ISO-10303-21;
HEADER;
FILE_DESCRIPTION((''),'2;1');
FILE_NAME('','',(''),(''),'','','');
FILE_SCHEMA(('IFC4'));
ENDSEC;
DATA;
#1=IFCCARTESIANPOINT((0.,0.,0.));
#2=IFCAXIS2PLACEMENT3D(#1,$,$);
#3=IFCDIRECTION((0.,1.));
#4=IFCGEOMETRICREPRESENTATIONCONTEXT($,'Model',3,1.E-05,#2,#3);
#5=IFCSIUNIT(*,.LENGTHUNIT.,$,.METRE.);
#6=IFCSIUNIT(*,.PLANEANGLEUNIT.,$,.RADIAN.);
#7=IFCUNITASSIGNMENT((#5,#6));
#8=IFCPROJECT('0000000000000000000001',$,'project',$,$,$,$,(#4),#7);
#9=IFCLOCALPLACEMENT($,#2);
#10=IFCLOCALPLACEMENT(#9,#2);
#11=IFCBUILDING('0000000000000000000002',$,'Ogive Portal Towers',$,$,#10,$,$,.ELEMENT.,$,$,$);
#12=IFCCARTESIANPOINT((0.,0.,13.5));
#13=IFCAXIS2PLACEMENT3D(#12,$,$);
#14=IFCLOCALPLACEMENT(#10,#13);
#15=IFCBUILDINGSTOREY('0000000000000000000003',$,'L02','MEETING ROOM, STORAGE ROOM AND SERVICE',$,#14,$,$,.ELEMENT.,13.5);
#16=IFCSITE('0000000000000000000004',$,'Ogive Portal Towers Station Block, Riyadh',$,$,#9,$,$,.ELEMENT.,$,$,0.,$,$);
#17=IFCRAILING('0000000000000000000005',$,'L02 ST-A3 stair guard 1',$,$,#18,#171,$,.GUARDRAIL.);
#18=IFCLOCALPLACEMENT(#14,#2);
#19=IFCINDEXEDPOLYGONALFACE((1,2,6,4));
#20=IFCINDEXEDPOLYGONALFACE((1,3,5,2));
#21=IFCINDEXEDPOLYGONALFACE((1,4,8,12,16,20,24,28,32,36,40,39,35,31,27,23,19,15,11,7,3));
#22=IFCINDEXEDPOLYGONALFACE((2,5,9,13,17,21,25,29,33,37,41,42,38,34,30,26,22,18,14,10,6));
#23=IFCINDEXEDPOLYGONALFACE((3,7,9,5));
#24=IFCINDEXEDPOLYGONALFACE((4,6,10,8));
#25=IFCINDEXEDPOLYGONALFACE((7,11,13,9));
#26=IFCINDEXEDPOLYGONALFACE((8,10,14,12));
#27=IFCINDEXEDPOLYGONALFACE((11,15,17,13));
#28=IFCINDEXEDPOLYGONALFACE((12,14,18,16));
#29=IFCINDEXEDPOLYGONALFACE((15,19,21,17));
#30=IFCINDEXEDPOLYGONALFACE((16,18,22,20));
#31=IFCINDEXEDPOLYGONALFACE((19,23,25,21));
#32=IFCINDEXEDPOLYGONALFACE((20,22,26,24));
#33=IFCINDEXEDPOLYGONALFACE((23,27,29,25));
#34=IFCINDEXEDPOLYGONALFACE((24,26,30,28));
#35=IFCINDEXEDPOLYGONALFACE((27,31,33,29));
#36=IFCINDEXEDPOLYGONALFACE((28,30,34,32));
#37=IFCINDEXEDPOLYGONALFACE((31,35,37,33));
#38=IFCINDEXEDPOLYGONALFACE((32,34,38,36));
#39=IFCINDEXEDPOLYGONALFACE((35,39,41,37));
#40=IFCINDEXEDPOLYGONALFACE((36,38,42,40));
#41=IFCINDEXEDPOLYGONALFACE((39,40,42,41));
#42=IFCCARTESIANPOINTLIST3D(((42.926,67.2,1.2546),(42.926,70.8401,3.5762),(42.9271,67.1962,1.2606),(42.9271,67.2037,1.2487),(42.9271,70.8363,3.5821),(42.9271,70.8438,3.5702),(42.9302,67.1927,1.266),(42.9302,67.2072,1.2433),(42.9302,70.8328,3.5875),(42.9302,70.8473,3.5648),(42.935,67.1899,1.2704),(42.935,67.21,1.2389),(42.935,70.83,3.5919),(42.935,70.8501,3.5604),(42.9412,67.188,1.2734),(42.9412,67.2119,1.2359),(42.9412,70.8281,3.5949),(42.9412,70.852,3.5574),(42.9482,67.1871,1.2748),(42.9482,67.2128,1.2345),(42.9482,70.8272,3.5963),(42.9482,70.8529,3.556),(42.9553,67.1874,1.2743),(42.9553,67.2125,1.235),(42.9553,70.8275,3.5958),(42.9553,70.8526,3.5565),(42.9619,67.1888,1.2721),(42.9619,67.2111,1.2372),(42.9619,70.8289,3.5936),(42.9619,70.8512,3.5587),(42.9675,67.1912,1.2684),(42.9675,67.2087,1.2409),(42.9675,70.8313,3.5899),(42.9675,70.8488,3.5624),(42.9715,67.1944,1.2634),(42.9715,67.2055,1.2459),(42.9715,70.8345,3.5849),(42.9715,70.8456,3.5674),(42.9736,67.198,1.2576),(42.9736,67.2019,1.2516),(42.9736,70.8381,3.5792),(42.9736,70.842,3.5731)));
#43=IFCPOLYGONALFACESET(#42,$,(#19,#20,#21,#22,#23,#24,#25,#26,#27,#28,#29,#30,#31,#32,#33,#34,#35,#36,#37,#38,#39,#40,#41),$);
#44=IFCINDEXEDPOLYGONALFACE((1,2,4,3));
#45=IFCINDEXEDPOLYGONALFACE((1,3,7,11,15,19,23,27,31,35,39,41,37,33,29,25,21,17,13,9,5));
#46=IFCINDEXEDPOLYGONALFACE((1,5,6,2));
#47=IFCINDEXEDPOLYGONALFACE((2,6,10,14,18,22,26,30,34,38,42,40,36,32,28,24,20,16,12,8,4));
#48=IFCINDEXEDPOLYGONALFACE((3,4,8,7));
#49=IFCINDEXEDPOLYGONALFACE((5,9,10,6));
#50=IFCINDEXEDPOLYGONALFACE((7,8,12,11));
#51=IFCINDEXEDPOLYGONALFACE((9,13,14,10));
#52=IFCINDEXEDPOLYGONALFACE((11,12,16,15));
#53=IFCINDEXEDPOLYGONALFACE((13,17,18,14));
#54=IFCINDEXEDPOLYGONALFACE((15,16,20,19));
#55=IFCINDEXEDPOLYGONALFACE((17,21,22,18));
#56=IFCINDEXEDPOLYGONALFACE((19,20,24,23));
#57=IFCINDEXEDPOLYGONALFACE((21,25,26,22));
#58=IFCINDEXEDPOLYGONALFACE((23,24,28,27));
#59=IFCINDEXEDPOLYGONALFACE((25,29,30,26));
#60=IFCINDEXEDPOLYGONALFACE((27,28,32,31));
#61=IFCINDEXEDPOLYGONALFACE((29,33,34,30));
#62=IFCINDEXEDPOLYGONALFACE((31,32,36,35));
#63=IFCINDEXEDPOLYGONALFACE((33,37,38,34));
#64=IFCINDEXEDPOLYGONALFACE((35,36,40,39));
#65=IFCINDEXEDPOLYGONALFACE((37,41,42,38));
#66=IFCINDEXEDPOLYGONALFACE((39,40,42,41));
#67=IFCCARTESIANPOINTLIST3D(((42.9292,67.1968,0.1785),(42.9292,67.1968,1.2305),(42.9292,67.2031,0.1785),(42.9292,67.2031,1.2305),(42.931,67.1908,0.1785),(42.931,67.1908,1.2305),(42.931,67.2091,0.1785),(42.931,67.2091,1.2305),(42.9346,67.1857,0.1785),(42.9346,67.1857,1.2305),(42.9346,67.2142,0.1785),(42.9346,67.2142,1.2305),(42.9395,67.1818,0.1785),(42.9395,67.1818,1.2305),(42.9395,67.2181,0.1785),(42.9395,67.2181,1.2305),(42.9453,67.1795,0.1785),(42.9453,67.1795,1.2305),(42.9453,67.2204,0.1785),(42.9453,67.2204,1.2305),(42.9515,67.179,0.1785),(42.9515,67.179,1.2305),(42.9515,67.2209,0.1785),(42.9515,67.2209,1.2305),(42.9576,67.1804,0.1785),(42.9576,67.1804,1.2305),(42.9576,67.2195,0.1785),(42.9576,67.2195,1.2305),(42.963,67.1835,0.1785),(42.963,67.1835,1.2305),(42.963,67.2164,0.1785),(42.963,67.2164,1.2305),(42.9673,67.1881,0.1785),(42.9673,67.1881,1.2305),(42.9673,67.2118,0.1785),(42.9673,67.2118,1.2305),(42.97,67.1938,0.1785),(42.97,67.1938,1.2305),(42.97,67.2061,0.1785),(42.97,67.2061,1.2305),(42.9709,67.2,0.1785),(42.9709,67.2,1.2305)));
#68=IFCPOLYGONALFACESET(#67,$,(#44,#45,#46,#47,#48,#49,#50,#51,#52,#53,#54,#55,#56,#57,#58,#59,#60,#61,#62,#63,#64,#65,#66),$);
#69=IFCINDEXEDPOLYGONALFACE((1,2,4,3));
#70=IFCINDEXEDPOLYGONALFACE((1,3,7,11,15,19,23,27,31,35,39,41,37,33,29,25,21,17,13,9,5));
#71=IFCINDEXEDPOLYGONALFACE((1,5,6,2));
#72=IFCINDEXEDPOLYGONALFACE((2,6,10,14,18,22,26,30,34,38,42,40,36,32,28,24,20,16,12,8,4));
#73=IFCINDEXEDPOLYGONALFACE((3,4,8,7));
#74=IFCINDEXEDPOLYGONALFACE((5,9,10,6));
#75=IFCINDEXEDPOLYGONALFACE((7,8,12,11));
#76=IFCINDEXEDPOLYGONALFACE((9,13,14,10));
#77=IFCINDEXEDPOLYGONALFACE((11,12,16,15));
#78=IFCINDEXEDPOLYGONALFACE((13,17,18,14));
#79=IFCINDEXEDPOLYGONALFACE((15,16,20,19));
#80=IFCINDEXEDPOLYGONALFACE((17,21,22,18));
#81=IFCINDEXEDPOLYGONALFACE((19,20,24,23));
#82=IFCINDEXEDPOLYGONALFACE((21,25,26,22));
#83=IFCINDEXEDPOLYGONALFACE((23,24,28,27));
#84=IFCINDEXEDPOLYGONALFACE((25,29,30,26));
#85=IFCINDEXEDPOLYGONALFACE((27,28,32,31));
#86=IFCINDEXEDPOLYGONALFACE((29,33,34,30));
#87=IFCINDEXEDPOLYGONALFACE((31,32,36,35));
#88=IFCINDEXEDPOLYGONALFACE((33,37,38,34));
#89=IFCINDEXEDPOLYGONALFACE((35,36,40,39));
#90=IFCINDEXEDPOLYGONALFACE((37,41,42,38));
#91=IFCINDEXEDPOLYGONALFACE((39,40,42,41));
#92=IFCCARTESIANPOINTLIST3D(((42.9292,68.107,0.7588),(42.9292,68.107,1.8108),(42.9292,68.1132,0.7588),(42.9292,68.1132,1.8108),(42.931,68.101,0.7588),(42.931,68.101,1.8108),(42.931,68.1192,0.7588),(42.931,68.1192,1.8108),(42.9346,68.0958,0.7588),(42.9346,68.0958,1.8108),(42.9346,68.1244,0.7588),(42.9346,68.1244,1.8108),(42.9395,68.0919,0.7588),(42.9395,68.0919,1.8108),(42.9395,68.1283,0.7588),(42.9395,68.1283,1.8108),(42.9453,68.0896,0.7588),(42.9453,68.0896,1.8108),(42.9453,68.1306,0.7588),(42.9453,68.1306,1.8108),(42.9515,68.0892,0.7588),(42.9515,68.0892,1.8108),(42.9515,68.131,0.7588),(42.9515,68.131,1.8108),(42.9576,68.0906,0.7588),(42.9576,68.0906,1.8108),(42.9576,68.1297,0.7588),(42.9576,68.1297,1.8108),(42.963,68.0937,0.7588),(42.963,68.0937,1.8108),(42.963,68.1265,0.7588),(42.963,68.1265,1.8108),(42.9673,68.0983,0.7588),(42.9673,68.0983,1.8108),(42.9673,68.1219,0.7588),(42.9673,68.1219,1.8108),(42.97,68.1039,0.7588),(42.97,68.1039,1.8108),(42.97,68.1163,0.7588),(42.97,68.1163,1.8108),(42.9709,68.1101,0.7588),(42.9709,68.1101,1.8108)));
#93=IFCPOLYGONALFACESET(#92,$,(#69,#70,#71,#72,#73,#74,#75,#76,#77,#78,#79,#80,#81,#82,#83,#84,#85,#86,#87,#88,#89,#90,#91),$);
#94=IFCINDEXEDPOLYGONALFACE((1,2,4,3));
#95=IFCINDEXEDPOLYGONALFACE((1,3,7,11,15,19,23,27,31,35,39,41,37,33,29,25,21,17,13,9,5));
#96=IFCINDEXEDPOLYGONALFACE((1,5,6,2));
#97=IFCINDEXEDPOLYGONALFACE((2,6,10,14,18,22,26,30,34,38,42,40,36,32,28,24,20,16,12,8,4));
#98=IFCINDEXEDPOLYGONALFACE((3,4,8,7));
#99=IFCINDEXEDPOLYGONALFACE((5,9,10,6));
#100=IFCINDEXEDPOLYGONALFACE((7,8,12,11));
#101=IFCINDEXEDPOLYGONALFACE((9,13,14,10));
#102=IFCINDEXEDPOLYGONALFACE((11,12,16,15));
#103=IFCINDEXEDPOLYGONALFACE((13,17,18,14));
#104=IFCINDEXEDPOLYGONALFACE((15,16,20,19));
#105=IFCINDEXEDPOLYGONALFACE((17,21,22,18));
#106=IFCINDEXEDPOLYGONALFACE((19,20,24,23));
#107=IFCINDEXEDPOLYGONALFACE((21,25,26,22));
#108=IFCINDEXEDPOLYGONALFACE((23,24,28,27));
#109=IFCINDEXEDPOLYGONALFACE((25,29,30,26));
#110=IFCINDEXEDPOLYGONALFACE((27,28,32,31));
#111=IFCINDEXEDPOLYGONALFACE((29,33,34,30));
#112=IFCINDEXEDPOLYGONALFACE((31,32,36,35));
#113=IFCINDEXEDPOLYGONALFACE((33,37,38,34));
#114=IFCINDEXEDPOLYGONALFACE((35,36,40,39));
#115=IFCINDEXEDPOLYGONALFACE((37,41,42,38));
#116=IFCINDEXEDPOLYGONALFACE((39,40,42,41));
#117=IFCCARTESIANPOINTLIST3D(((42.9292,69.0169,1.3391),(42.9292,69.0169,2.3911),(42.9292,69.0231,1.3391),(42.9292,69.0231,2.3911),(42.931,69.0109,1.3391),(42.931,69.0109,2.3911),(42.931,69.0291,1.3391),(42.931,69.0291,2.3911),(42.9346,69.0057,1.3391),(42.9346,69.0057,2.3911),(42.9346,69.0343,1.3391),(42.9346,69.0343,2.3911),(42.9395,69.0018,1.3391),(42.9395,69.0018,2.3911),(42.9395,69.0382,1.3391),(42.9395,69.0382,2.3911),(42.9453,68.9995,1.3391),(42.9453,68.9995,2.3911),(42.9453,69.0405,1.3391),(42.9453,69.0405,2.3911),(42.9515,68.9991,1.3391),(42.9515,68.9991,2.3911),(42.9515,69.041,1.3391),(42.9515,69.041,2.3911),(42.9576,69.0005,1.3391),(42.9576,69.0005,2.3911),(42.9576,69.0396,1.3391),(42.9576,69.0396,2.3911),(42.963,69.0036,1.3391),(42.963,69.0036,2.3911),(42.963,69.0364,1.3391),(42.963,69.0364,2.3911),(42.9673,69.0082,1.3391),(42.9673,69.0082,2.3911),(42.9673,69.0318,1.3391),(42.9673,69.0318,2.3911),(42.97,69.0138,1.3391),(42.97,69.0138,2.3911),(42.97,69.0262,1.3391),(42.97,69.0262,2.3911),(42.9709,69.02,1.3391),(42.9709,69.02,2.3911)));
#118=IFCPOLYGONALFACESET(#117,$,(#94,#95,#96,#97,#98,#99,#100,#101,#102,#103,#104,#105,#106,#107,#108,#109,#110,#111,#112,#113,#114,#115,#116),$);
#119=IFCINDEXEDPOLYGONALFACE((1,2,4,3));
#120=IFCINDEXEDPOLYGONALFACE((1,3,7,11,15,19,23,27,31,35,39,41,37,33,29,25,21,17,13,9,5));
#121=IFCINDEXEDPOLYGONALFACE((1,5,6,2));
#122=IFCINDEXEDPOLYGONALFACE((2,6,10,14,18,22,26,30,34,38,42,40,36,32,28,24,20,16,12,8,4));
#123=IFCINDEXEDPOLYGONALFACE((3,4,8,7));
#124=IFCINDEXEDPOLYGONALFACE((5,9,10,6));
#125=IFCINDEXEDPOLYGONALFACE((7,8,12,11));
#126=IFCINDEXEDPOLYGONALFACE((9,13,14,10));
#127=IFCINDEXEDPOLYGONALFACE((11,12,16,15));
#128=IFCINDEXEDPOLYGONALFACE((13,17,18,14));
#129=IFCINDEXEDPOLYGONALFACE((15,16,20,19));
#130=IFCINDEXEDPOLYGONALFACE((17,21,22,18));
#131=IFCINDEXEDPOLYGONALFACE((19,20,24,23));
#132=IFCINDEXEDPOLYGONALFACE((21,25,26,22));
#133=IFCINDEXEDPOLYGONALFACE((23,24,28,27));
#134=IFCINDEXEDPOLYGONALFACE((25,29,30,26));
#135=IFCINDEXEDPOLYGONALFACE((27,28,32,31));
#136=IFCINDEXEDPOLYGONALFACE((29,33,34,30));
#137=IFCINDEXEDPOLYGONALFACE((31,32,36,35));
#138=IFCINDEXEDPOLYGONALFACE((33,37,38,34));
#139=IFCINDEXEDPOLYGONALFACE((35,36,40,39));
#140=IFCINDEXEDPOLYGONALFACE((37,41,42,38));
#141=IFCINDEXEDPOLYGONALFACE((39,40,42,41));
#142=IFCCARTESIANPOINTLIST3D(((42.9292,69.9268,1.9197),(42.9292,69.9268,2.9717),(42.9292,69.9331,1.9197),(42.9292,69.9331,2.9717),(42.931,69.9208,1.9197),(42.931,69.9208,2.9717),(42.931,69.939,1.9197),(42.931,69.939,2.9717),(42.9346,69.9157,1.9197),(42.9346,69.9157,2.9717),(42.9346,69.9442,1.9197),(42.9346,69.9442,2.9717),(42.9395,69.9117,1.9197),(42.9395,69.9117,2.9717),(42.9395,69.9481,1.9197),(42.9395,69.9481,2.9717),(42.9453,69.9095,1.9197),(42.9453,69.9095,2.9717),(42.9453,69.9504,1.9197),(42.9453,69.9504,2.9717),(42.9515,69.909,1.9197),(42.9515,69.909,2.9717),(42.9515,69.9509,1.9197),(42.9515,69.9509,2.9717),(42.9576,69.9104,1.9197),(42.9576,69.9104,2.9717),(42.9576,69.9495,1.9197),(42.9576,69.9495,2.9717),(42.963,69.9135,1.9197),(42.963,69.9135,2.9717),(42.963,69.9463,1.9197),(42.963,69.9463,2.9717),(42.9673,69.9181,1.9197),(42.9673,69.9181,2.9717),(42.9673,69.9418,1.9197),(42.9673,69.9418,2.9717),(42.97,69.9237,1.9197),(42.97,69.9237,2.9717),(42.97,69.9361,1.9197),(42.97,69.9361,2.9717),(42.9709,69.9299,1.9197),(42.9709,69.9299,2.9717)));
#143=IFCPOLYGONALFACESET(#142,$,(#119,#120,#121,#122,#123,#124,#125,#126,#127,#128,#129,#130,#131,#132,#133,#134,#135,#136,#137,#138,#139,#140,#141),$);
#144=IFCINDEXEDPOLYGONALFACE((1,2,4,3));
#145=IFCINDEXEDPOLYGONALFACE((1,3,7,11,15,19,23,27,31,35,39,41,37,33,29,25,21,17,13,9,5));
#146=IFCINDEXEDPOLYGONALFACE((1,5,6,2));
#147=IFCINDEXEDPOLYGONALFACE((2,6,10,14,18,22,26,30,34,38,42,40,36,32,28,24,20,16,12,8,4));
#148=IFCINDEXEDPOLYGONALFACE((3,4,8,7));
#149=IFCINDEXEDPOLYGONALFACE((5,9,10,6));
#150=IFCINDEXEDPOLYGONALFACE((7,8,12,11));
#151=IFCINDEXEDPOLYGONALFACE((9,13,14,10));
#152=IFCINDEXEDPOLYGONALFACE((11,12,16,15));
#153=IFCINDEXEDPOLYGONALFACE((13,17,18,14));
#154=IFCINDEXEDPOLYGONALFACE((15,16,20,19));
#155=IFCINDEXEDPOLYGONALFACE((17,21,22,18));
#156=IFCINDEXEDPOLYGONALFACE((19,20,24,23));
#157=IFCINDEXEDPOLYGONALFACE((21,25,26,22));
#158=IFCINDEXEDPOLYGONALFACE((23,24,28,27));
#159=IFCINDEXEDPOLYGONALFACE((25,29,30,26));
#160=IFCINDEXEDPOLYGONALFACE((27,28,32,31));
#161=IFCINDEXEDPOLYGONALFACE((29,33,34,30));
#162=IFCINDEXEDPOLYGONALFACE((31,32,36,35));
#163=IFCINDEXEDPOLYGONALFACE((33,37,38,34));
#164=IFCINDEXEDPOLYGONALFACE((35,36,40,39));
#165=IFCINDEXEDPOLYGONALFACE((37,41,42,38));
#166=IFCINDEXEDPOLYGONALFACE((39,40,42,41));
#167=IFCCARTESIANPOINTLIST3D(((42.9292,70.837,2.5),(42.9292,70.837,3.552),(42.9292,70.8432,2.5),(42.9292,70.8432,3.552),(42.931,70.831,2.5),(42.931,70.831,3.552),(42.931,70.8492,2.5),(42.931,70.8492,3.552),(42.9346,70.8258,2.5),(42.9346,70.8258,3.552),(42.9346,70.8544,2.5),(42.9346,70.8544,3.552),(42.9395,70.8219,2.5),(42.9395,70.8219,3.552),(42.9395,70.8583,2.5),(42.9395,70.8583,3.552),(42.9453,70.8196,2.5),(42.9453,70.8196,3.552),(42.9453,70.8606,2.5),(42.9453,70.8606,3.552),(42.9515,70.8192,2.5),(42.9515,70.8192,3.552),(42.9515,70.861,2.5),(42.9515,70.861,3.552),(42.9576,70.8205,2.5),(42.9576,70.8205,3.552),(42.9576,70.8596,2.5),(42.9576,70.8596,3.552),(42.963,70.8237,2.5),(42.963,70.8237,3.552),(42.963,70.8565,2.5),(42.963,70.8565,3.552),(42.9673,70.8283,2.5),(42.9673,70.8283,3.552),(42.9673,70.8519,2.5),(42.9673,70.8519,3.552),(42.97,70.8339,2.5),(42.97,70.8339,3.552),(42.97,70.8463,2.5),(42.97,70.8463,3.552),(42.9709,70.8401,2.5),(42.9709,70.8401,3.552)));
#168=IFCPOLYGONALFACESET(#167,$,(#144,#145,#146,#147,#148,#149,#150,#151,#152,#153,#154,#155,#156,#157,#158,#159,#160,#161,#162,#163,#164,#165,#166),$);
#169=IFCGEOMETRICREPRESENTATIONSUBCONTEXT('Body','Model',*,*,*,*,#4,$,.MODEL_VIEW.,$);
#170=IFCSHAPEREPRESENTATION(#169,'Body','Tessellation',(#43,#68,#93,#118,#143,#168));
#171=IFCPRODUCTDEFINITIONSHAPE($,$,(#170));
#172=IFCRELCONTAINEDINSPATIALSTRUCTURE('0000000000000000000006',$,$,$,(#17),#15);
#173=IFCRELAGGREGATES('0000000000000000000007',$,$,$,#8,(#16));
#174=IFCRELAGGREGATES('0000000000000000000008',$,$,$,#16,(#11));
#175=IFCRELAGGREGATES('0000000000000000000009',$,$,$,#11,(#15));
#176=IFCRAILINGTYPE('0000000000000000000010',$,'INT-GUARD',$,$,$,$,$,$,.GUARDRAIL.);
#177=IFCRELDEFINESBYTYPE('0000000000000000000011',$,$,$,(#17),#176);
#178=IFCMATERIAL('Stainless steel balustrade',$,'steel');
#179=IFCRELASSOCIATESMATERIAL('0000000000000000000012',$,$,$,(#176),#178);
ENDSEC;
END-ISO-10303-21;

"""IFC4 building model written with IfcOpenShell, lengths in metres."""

from ifc_helpers import new_model, si_unit, direction, frame, origin, origin_2d, place, context, subcontext, project, spatial, circle, extrude, material, type_object, element, save


model = new_model("IFC4")

# Units and contexts
model_context = context("Model", 3, precision=1e-05, world=origin(), true_north=direction((0.0, 1.0)))
body_context = subcontext(model_context, "Body", "Model", "MODEL_VIEW")
ifc_project = project(units=[si_unit("LENGTHUNIT", "METRE"), si_unit("PLANEANGLEUNIT", "RADIAN")], contexts=[model_context])

# Site, building, storey
site_placement = place(None, origin())
site = spatial("IfcSite", under=ifc_project, at=site_placement, Name="Ogive Portal Towers Station Block, Riyadh", CompositionType="ELEMENT", RefElevation=0.0)
building_placement = place(site_placement, origin())
building = spatial("IfcBuilding", under=site, at=building_placement, Name="Ogive Portal Towers", CompositionType="ELEMENT")
storey_placement = place(building_placement, frame((0.0, 0.0, 13.5)))
storey = spatial("IfcBuildingStorey", under=building, at=storey_placement, Name="L02", Description="MEETING ROOM, STORAGE ROOM AND SERVICE", CompositionType="ELEMENT", Elevation=13.5)

# Railing
ifc_material_1 = material(Name="Stainless steel balustrade", Category="steel")
railing_type_1 = type_object("IfcRailingType", Name="INT-GUARD", PredefinedType="GUARDRAIL", material=ifc_material_1)
railing_1_placement = place(storey_placement, frame((42.95, 67.2, 0.1785)))
element("IfcRailing", 1, at=railing_1_placement, inside=storey, type_object=railing_type_1, Name="L02 ST-A3 stair guard 1", PredefinedType="GUARDRAIL", context=body_context, shape_type="SweptSolid", body=[
    extrude(circle(Radius=0.0239, at=origin_2d()), frame((0.0, 0.0, 1.0762), z_axis=(0.0, 0.843128, 0.537713), x_axis=(-1.0, 0.0, 0.0)), (0.0, 0.0, 1.0), 4.3174),
    extrude(circle(Radius=0.021, at=origin_2d()), origin(), (0.0, 0.0, 1.0), 1.052),
    extrude(circle(Radius=0.021, at=origin_2d()), frame((0.0, 0.9102, 0.5803)), (0.0, 0.0, 1.0), 1.052),
    extrude(circle(Radius=0.021, at=origin_2d()), frame((0.0, 1.8201, 1.1606)), (0.0, 0.0, 1.0), 1.052),
    extrude(circle(Radius=0.021, at=origin_2d()), frame((0.0, 2.73, 1.7412)), (0.0, 0.0, 1.0), 1.052),
    extrude(circle(Radius=0.021, at=origin_2d()), frame((0.0, 3.6401, 2.3215)), (0.0, 0.0, 1.0), 1.052),
])

save(model, "model.ifc")
